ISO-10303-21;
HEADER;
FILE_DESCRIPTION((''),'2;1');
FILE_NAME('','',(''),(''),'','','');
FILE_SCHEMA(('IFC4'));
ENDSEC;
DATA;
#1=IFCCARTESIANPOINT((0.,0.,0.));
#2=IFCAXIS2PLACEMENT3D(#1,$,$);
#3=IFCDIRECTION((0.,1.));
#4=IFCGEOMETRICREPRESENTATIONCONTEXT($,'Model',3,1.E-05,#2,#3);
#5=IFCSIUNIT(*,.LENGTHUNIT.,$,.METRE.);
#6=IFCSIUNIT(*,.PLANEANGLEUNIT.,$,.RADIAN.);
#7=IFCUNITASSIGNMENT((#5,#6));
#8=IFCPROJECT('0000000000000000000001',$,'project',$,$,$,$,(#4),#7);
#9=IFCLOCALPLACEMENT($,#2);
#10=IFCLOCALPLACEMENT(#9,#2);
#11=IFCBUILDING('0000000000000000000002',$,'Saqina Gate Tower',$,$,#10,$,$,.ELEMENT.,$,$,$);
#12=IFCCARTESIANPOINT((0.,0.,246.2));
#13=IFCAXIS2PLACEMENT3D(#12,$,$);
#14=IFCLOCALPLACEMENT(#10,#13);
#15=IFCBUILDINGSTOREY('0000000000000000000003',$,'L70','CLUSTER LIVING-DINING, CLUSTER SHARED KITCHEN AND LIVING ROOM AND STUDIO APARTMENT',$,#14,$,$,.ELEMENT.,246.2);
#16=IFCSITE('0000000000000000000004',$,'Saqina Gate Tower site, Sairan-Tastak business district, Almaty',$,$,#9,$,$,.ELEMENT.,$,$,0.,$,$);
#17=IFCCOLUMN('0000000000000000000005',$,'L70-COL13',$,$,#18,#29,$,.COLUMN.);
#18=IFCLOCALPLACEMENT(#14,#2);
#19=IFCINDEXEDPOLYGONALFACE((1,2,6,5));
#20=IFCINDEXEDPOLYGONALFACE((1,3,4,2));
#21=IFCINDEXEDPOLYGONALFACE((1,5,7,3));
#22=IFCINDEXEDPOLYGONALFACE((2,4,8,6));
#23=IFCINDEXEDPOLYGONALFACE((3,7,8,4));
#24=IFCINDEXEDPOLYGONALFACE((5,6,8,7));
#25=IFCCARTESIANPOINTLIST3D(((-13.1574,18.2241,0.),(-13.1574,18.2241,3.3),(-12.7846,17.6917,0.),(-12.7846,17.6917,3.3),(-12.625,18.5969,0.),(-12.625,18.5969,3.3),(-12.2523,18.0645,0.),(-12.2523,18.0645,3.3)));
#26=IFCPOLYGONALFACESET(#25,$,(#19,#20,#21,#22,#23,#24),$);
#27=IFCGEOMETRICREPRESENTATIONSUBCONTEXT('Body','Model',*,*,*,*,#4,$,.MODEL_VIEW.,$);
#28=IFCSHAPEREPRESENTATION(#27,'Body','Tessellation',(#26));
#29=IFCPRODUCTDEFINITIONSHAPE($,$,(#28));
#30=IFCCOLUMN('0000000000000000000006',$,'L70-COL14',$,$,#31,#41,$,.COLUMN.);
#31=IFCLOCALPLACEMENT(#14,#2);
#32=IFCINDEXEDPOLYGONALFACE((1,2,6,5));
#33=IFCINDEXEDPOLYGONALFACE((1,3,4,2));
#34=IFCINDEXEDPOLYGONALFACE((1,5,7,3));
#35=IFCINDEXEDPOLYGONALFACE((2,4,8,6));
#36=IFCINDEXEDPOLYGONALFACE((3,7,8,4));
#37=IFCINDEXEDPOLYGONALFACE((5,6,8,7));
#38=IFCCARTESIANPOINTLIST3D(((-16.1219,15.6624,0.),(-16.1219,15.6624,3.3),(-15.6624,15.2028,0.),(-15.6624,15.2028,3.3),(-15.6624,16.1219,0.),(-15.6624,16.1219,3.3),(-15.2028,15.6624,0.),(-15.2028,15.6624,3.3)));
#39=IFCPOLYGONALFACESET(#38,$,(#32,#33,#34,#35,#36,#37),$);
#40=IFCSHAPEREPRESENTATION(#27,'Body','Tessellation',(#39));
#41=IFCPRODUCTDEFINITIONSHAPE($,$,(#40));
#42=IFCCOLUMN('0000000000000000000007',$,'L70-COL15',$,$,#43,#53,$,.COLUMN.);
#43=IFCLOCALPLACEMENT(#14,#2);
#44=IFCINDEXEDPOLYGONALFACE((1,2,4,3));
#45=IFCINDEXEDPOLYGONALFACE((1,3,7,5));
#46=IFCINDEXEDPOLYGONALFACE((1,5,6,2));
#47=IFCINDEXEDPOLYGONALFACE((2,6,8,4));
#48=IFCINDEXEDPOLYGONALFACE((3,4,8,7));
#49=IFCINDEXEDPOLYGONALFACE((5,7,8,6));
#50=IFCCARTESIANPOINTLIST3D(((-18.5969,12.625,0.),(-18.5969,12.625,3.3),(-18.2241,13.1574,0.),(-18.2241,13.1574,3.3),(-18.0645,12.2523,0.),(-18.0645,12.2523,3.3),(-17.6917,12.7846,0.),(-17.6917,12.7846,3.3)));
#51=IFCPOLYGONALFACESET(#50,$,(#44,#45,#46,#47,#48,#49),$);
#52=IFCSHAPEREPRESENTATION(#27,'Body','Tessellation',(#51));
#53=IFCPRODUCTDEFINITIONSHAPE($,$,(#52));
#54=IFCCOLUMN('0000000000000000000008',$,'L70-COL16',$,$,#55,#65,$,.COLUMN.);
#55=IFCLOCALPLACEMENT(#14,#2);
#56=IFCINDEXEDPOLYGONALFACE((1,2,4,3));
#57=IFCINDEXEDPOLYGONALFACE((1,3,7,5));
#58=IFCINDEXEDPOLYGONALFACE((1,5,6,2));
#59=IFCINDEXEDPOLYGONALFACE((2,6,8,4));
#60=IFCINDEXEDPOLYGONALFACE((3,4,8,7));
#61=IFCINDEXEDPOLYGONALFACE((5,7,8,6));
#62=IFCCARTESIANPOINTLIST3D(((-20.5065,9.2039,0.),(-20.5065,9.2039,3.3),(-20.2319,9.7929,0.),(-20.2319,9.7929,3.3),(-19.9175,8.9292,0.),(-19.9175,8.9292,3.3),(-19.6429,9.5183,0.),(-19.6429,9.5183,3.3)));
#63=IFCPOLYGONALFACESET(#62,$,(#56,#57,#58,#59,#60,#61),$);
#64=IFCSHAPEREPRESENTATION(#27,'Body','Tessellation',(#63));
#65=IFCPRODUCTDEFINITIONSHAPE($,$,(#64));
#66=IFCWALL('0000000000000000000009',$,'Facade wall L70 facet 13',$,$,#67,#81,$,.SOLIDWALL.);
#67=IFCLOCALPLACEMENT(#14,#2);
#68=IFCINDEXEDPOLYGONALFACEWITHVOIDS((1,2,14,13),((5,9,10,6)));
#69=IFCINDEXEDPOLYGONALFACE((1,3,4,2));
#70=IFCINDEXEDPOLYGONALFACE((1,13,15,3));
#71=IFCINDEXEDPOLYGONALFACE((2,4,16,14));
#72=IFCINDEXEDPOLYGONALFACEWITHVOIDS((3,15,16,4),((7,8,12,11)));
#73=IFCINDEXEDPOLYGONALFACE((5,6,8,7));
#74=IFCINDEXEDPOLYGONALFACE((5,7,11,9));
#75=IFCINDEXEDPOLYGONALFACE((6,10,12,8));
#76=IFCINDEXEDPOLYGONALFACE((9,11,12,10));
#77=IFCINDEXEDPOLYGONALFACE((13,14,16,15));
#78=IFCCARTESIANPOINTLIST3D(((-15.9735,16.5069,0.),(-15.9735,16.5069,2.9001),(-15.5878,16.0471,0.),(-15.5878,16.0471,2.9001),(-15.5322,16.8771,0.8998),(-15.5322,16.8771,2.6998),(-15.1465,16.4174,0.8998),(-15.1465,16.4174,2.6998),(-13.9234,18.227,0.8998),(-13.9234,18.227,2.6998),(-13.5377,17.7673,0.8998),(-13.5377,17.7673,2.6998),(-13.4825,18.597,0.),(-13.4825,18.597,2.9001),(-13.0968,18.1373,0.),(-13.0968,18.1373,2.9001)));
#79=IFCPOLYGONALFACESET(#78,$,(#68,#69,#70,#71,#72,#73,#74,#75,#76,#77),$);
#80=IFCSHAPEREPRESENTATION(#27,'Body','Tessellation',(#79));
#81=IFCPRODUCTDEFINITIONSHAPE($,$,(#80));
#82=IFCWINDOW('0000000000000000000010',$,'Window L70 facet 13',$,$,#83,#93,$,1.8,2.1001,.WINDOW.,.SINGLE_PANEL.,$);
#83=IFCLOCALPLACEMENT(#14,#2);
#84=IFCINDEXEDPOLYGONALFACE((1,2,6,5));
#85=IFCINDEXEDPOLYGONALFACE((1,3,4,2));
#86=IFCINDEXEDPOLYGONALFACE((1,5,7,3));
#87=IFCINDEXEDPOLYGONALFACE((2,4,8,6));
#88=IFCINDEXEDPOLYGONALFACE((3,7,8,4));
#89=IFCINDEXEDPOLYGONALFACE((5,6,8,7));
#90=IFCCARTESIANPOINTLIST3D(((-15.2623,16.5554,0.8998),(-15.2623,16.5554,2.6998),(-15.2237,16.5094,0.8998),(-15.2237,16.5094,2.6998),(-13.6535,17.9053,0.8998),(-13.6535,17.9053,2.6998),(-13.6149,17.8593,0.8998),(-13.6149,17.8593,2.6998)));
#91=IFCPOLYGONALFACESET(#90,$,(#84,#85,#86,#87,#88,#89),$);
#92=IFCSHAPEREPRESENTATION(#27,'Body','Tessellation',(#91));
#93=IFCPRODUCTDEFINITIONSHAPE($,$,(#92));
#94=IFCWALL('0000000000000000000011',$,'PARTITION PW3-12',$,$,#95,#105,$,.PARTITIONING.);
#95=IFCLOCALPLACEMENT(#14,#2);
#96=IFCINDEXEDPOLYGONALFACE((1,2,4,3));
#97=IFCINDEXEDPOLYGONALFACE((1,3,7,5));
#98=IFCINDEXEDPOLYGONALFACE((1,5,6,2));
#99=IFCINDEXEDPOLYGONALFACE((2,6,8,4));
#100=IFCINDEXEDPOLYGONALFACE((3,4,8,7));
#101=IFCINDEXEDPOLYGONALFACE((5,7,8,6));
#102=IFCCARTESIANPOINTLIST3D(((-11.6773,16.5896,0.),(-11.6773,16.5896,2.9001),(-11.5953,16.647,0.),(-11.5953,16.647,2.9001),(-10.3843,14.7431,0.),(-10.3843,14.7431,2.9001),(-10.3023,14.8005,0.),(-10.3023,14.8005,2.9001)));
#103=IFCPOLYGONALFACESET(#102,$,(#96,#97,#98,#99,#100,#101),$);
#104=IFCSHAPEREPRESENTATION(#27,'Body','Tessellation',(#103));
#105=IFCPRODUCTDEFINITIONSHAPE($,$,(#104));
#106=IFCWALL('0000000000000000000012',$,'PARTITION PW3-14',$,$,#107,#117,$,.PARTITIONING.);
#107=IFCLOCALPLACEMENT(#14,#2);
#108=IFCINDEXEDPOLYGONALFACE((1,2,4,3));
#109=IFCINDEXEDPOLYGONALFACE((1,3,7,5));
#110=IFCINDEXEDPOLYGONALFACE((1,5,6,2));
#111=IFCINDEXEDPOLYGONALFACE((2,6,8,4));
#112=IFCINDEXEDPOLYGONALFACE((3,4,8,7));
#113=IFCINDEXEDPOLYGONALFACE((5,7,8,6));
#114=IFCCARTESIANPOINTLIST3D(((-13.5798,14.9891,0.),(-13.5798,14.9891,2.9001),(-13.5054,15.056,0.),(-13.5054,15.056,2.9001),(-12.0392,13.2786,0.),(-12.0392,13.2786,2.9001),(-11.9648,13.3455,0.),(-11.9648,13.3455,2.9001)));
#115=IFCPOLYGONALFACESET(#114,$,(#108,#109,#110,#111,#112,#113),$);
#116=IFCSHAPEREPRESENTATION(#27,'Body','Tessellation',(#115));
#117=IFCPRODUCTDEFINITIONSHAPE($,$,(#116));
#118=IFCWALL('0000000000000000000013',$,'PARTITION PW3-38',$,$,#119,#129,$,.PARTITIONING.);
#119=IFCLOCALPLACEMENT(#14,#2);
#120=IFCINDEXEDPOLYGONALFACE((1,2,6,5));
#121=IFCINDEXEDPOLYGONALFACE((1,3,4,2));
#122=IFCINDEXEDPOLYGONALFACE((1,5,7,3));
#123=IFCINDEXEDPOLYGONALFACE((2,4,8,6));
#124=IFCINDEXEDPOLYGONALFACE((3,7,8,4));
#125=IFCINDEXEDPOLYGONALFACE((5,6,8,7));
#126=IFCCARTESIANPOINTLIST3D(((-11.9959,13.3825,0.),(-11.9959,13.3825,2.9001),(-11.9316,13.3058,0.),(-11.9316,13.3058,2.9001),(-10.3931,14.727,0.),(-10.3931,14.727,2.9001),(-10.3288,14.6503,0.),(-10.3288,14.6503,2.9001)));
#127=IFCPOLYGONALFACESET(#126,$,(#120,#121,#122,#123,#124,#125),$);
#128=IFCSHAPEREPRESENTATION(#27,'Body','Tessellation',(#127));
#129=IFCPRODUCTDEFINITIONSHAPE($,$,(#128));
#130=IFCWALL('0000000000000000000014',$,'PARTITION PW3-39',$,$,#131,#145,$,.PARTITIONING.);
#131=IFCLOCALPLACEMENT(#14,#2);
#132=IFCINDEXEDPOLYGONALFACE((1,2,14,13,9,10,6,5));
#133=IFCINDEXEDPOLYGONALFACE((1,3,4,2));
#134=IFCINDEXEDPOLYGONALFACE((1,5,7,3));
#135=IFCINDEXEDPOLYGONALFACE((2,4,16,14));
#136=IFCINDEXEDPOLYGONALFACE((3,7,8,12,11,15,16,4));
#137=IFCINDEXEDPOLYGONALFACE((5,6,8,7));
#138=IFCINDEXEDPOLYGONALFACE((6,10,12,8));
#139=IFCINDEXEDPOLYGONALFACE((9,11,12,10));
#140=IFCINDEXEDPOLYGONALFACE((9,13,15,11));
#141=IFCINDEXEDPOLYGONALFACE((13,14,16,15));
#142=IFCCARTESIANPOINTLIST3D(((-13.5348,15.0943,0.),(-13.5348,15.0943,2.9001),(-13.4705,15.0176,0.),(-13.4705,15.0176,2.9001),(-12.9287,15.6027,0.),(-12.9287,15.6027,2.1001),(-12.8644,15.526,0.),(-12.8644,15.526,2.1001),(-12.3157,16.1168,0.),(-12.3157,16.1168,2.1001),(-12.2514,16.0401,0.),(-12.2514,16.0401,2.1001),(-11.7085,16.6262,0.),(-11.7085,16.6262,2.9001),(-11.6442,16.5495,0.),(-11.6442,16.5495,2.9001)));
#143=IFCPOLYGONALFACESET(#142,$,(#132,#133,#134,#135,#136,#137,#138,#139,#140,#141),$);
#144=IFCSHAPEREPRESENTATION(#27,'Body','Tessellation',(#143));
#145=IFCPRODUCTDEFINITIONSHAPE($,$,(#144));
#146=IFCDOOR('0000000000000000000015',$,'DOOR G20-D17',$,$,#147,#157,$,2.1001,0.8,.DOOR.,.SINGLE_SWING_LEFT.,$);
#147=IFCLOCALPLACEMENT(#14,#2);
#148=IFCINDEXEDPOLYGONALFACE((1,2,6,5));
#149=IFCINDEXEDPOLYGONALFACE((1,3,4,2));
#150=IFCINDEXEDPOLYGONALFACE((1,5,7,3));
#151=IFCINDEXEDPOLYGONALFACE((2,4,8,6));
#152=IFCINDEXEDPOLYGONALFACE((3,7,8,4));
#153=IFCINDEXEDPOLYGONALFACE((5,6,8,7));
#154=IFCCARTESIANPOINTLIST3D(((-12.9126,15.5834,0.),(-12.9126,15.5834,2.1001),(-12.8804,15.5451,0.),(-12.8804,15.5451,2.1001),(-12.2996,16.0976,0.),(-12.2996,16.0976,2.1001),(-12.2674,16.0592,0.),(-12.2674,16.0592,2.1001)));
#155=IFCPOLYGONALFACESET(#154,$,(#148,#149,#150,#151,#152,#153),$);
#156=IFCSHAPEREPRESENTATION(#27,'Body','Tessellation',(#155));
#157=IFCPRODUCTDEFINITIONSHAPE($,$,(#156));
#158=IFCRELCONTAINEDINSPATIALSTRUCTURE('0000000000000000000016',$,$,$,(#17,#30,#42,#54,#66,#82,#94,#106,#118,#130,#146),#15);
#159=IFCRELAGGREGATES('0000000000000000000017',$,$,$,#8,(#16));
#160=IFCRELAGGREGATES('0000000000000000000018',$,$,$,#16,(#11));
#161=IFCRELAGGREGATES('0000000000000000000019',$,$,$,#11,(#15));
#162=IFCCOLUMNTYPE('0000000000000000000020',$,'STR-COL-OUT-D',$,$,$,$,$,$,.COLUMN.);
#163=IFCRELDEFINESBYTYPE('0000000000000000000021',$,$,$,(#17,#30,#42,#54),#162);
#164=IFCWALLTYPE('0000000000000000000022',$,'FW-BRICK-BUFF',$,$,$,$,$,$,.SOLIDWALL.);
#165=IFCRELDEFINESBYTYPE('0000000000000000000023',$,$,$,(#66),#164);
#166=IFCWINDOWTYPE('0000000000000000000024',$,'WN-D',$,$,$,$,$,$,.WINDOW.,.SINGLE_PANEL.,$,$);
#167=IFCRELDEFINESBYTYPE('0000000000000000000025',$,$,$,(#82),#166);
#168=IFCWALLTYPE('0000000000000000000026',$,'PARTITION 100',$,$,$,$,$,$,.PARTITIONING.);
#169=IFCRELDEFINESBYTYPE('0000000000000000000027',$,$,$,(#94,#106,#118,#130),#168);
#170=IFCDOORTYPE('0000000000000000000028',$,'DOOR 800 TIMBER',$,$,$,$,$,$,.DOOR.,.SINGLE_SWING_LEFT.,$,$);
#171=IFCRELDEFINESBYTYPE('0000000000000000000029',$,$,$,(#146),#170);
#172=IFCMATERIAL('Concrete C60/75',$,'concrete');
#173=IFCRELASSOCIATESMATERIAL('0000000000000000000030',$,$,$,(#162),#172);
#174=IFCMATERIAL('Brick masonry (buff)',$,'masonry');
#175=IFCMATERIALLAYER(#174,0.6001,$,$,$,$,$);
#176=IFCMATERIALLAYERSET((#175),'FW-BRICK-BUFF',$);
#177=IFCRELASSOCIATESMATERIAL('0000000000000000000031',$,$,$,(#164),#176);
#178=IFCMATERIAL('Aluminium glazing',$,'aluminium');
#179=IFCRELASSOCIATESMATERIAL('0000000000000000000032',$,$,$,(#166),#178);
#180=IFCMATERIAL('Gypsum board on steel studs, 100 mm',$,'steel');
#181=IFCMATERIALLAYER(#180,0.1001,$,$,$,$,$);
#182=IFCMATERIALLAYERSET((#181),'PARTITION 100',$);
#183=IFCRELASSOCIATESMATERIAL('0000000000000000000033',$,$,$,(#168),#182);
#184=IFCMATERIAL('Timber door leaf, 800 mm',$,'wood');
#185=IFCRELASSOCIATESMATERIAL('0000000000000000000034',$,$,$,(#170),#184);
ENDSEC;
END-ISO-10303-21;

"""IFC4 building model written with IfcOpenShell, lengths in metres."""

from ifc_helpers import new_model, si_unit, direction, frame, frame_2d, origin, origin_2d, place, context, subcontext, project, spatial, rectangle, extrude, material, layer, layer_set, material_profile, profile_set, type_object, element, fill, save


model = new_model("IFC4")

# Units and contexts
model_context = context("Model", 3, precision=1e-05, world=origin(), true_north=direction((0.0, 1.0)))
body_context = subcontext(model_context, "Body", "Model", "MODEL_VIEW")
ifc_project = project(units=[si_unit("LENGTHUNIT", "METRE"), si_unit("PLANEANGLEUNIT", "RADIAN")], contexts=[model_context])

# Site, building, storey
site_placement = place(None, origin())
site = spatial("IfcSite", under=ifc_project, at=site_placement, Name="Saqina Gate Tower site, Sairan-Tastak business district, Almaty", CompositionType="ELEMENT", RefElevation=0.0)
building_placement = place(site_placement, origin())
building = spatial("IfcBuilding", under=site, at=building_placement, Name="Saqina Gate Tower", CompositionType="ELEMENT")
storey_placement = place(building_placement, frame((0.0, 0.0, 246.2)))
storey = spatial("IfcBuildingStorey", under=building, at=storey_placement, Name="L70", Description="CLUSTER LIVING-DINING, CLUSTER SHARED KITCHEN AND LIVING ROOM AND STUDIO APARTMENT", CompositionType="ELEMENT", Elevation=246.2)

# Columns
ifc_material_1 = material(Name="Concrete C60/75", Category="concrete")
ifc_material_profile = material_profile(ifc_material_1, rectangle(XDim=0.6499, YDim=0.6499, at=origin_2d()), Name="RC 650x650")
ifc_profile_set = profile_set([ifc_material_profile], Name="Concrete C60/75")
column_type = type_object("IfcColumnType", Name="STR-COL-OUT-D", PredefinedType="COLUMN", material=ifc_profile_set)
for number, where, z_axis, x_axis, name in (
    (1, (-12.7048, 18.1443, 0.0), (0.0, 0.0, 1.0), (-0.573576, 0.819152, 0.0), "L70-COL13"),
    (2, (-15.6624, 15.6624, 0.0), (0.0, 0.0, 1.0), (-0.707107, 0.707107, 0.0), "L70-COL14"),
    (3, (-18.1443, 12.7048, 0.0), (0.0, 0.0, 1.0), (-0.819152, 0.573576, 0.0), "L70-COL15"),
    (4, (-20.0747, 9.3611, 0.0), (0.0, 0.0, 1.0), (-0.906308, 0.422618, 0.0), "L70-COL16"),
):
    element("IfcColumn", number, at=place(storey_placement, frame(where, z_axis=z_axis, x_axis=x_axis)), inside=storey, type_object=column_type, Name=name, PredefinedType="COLUMN", context=body_context, shape_type="SweptSolid", body=[
        extrude(rectangle(XDim=0.6499, YDim=0.6499, at=origin_2d()), origin(), (0.0, 0.0, 1.0), 3.3),
    ])

# Wall, opening, window
ifc_material_2 = material(Name="Brick masonry (buff)", Category="masonry")
ifc_layer_1 = layer(ifc_material_2, 0.6001)
ifc_layer_set_1 = layer_set([ifc_layer_1], Name="FW-BRICK-BUFF")
wall_type_1 = type_object("IfcWallType", Name="FW-BRICK-BUFF", PredefinedType="SOLIDWALL", material=ifc_layer_set_1)
wall_1_placement = place(storey_placement, frame((-13.2896, 18.3672, 0.0), z_axis=(0.0, 0.0, 1.0), x_axis=(-0.766057, -0.642773, 0.0)))
wall_1 = element("IfcWall", 5, at=wall_1_placement, inside=storey, type_object=wall_type_1, Name="Facade wall L70 facet 13", PredefinedType="SOLIDWALL", context=body_context, shape_type="SweptSolid", body=[
    extrude(rectangle(XDim=3.2517, YDim=0.6001, at=frame_2d((1.626, 0.0))), origin(), (0.0, 0.0, 1.0), 2.9001),
])
opening_1_placement = place(wall_1_placement, frame((0.5757, 0.0, 0.8999)))
opening_1 = element("IfcOpeningElement", 6, at=opening_1_placement, cuts=wall_1, PredefinedType="OPENING", context=body_context, shape_type="SweptSolid", body=[
    extrude(rectangle(XDim=2.1001, YDim=1.8, at=frame_2d((1.05, 0.8999))), frame((0.0, 0.312, 0.0), z_axis=(0.0, -1.0, 0.0), x_axis=(1.0, 0.0, 0.0)), (0.0, 0.0, 1.0), 0.624),
])
ifc_material_3 = material(Name="Aluminium glazing", Category="aluminium")
window_type = type_object("IfcWindowType", Name="WN-D", PartitioningType="SINGLE_PANEL", PredefinedType="WINDOW", material=ifc_material_3)
window_placement = place(opening_1_placement, origin())
window = element("IfcWindow", 7, at=window_placement, inside=storey, type_object=window_type, Name="Window L70 facet 13", OverallHeight=1.8, OverallWidth=2.1001, PartitioningType="SINGLE_PANEL", PredefinedType="WINDOW", context=body_context, shape_type="SweptSolid", body=[
    extrude(rectangle(XDim=2.1001, YDim=1.8, at=frame_2d((1.05, 0.8999))), frame((0.0, 0.1799, 0.0), z_axis=(0.0, -1.0, 0.0), x_axis=(1.0, 0.0, 0.0)), (0.0, 0.0, 1.0), 0.0601),
])
fill(opening_1, window)

# Walls
ifc_material_4 = material(Name="Gypsum board on steel studs, 100 mm", Category="steel")
ifc_layer_2 = layer(ifc_material_4, 0.1001)
ifc_layer_set_2 = layer_set([ifc_layer_2], Name="PARTITION 100")
wall_type_2 = type_object("IfcWallType", Name="PARTITION 100", PredefinedType="PARTITIONING", material=ifc_layer_set_2)
wall_2_placement = place(storey_placement, frame((-11.6362, 16.6182, 0.0), z_axis=(0.0, 0.0, 1.0), x_axis=(0.5736, -0.819135, 0.0)))
element("IfcWall", 8, at=wall_2_placement, inside=storey, type_object=wall_type_2, Name="PARTITION PW3-12", PredefinedType="PARTITIONING", context=body_context, shape_type="SweptSolid", body=[
    extrude(rectangle(XDim=2.2542, YDim=0.1001, at=frame_2d((1.127, 0.0))), origin(), (0.0, 0.0, 1.0), 2.9001),
])
wall_3_placement = place(storey_placement, frame((-13.5425, 15.0225, 0.0), z_axis=(0.0, 0.0, 1.0), x_axis=(0.669234, -0.743052, 0.0)))
element("IfcWall", 9, at=wall_3_placement, inside=storey, type_object=wall_type_2, Name="PARTITION PW3-14", PredefinedType="PARTITIONING", context=body_context, shape_type="SweptSolid", body=[
    extrude(rectangle(XDim=2.302, YDim=0.1001, at=frame_2d((1.1509, 0.0))), origin(), (0.0, 0.0, 1.0), 2.9001),
])
wall_4_placement = place(storey_placement, frame((-11.9636, 13.3442, 0.0), z_axis=(0.0, 0.0, 1.0), x_axis=(0.766141, 0.642672, 0.0)))
element("IfcWall", 10, at=wall_4_placement, inside=storey, type_object=wall_type_2, Name="PARTITION PW3-38", PredefinedType="PARTITIONING", context=body_context, shape_type="SweptSolid", body=[
    extrude(rectangle(XDim=2.092, YDim=0.1001, at=frame_2d((1.0459, 0.0))), origin(), (0.0, 0.0, 1.0), 2.9001),
])

# Wall, opening, door
wall_5_placement = place(storey_placement, frame((-13.5027, 15.0559, 0.0), z_axis=(0.0, 0.0, 1.0), x_axis=(0.766161, 0.642649, 0.0)))
wall_5 = element("IfcWall", 11, at=wall_5_placement, inside=storey, type_object=wall_type_2, Name="PARTITION PW3-39", PredefinedType="PARTITIONING", context=body_context, shape_type="SweptSolid", body=[
    extrude(rectangle(XDim=2.3838, YDim=0.1001, at=frame_2d((1.1919, 0.0))), origin(), (0.0, 0.0, 1.0), 2.9001),
])
opening_2_placement = place(wall_5_placement, frame((0.7913, 0.0, 0.0)))
opening_2 = element("IfcOpeningElement", 12, at=opening_2_placement, cuts=wall_5, PredefinedType="OPENING", context=body_context, shape_type="SweptSolid", body=[
    extrude(rectangle(XDim=0.8, YDim=2.1001, at=frame_2d((0.3999, 1.05))), frame((0.0, 0.062, 0.0), z_axis=(0.0, -1.0, 0.0), x_axis=(1.0, 0.0, 0.0)), (0.0, 0.0, 1.0), 0.124),
])
ifc_material_5 = material(Name="Timber door leaf, 800 mm", Category="wood")
door_type_1 = type_object("IfcDoorType", Name="DOOR 800 TIMBER", OperationType="SINGLE_SWING_LEFT", PredefinedType="DOOR", material=ifc_material_5)
door_1_placement = place(opening_2_placement, origin())
door_1 = element("IfcDoor", 13, at=door_1_placement, inside=storey, type_object=door_type_1, Name="DOOR G20-D17", OperationType="SINGLE_SWING_LEFT", OverallHeight=2.1001, OverallWidth=0.8, PredefinedType="DOOR", context=body_context, shape_type="SweptSolid", body=[
    extrude(rectangle(XDim=0.8, YDim=2.1001, at=frame_2d((0.3999, 1.05))), frame((0.0, 0.0249, 0.0), z_axis=(0.0, -1.0, 0.0), x_axis=(1.0, 0.0, 0.0)), (0.0, 0.0, 1.0), 0.05),
])
fill(opening_2, door_1)

save(model, "model.ifc")
